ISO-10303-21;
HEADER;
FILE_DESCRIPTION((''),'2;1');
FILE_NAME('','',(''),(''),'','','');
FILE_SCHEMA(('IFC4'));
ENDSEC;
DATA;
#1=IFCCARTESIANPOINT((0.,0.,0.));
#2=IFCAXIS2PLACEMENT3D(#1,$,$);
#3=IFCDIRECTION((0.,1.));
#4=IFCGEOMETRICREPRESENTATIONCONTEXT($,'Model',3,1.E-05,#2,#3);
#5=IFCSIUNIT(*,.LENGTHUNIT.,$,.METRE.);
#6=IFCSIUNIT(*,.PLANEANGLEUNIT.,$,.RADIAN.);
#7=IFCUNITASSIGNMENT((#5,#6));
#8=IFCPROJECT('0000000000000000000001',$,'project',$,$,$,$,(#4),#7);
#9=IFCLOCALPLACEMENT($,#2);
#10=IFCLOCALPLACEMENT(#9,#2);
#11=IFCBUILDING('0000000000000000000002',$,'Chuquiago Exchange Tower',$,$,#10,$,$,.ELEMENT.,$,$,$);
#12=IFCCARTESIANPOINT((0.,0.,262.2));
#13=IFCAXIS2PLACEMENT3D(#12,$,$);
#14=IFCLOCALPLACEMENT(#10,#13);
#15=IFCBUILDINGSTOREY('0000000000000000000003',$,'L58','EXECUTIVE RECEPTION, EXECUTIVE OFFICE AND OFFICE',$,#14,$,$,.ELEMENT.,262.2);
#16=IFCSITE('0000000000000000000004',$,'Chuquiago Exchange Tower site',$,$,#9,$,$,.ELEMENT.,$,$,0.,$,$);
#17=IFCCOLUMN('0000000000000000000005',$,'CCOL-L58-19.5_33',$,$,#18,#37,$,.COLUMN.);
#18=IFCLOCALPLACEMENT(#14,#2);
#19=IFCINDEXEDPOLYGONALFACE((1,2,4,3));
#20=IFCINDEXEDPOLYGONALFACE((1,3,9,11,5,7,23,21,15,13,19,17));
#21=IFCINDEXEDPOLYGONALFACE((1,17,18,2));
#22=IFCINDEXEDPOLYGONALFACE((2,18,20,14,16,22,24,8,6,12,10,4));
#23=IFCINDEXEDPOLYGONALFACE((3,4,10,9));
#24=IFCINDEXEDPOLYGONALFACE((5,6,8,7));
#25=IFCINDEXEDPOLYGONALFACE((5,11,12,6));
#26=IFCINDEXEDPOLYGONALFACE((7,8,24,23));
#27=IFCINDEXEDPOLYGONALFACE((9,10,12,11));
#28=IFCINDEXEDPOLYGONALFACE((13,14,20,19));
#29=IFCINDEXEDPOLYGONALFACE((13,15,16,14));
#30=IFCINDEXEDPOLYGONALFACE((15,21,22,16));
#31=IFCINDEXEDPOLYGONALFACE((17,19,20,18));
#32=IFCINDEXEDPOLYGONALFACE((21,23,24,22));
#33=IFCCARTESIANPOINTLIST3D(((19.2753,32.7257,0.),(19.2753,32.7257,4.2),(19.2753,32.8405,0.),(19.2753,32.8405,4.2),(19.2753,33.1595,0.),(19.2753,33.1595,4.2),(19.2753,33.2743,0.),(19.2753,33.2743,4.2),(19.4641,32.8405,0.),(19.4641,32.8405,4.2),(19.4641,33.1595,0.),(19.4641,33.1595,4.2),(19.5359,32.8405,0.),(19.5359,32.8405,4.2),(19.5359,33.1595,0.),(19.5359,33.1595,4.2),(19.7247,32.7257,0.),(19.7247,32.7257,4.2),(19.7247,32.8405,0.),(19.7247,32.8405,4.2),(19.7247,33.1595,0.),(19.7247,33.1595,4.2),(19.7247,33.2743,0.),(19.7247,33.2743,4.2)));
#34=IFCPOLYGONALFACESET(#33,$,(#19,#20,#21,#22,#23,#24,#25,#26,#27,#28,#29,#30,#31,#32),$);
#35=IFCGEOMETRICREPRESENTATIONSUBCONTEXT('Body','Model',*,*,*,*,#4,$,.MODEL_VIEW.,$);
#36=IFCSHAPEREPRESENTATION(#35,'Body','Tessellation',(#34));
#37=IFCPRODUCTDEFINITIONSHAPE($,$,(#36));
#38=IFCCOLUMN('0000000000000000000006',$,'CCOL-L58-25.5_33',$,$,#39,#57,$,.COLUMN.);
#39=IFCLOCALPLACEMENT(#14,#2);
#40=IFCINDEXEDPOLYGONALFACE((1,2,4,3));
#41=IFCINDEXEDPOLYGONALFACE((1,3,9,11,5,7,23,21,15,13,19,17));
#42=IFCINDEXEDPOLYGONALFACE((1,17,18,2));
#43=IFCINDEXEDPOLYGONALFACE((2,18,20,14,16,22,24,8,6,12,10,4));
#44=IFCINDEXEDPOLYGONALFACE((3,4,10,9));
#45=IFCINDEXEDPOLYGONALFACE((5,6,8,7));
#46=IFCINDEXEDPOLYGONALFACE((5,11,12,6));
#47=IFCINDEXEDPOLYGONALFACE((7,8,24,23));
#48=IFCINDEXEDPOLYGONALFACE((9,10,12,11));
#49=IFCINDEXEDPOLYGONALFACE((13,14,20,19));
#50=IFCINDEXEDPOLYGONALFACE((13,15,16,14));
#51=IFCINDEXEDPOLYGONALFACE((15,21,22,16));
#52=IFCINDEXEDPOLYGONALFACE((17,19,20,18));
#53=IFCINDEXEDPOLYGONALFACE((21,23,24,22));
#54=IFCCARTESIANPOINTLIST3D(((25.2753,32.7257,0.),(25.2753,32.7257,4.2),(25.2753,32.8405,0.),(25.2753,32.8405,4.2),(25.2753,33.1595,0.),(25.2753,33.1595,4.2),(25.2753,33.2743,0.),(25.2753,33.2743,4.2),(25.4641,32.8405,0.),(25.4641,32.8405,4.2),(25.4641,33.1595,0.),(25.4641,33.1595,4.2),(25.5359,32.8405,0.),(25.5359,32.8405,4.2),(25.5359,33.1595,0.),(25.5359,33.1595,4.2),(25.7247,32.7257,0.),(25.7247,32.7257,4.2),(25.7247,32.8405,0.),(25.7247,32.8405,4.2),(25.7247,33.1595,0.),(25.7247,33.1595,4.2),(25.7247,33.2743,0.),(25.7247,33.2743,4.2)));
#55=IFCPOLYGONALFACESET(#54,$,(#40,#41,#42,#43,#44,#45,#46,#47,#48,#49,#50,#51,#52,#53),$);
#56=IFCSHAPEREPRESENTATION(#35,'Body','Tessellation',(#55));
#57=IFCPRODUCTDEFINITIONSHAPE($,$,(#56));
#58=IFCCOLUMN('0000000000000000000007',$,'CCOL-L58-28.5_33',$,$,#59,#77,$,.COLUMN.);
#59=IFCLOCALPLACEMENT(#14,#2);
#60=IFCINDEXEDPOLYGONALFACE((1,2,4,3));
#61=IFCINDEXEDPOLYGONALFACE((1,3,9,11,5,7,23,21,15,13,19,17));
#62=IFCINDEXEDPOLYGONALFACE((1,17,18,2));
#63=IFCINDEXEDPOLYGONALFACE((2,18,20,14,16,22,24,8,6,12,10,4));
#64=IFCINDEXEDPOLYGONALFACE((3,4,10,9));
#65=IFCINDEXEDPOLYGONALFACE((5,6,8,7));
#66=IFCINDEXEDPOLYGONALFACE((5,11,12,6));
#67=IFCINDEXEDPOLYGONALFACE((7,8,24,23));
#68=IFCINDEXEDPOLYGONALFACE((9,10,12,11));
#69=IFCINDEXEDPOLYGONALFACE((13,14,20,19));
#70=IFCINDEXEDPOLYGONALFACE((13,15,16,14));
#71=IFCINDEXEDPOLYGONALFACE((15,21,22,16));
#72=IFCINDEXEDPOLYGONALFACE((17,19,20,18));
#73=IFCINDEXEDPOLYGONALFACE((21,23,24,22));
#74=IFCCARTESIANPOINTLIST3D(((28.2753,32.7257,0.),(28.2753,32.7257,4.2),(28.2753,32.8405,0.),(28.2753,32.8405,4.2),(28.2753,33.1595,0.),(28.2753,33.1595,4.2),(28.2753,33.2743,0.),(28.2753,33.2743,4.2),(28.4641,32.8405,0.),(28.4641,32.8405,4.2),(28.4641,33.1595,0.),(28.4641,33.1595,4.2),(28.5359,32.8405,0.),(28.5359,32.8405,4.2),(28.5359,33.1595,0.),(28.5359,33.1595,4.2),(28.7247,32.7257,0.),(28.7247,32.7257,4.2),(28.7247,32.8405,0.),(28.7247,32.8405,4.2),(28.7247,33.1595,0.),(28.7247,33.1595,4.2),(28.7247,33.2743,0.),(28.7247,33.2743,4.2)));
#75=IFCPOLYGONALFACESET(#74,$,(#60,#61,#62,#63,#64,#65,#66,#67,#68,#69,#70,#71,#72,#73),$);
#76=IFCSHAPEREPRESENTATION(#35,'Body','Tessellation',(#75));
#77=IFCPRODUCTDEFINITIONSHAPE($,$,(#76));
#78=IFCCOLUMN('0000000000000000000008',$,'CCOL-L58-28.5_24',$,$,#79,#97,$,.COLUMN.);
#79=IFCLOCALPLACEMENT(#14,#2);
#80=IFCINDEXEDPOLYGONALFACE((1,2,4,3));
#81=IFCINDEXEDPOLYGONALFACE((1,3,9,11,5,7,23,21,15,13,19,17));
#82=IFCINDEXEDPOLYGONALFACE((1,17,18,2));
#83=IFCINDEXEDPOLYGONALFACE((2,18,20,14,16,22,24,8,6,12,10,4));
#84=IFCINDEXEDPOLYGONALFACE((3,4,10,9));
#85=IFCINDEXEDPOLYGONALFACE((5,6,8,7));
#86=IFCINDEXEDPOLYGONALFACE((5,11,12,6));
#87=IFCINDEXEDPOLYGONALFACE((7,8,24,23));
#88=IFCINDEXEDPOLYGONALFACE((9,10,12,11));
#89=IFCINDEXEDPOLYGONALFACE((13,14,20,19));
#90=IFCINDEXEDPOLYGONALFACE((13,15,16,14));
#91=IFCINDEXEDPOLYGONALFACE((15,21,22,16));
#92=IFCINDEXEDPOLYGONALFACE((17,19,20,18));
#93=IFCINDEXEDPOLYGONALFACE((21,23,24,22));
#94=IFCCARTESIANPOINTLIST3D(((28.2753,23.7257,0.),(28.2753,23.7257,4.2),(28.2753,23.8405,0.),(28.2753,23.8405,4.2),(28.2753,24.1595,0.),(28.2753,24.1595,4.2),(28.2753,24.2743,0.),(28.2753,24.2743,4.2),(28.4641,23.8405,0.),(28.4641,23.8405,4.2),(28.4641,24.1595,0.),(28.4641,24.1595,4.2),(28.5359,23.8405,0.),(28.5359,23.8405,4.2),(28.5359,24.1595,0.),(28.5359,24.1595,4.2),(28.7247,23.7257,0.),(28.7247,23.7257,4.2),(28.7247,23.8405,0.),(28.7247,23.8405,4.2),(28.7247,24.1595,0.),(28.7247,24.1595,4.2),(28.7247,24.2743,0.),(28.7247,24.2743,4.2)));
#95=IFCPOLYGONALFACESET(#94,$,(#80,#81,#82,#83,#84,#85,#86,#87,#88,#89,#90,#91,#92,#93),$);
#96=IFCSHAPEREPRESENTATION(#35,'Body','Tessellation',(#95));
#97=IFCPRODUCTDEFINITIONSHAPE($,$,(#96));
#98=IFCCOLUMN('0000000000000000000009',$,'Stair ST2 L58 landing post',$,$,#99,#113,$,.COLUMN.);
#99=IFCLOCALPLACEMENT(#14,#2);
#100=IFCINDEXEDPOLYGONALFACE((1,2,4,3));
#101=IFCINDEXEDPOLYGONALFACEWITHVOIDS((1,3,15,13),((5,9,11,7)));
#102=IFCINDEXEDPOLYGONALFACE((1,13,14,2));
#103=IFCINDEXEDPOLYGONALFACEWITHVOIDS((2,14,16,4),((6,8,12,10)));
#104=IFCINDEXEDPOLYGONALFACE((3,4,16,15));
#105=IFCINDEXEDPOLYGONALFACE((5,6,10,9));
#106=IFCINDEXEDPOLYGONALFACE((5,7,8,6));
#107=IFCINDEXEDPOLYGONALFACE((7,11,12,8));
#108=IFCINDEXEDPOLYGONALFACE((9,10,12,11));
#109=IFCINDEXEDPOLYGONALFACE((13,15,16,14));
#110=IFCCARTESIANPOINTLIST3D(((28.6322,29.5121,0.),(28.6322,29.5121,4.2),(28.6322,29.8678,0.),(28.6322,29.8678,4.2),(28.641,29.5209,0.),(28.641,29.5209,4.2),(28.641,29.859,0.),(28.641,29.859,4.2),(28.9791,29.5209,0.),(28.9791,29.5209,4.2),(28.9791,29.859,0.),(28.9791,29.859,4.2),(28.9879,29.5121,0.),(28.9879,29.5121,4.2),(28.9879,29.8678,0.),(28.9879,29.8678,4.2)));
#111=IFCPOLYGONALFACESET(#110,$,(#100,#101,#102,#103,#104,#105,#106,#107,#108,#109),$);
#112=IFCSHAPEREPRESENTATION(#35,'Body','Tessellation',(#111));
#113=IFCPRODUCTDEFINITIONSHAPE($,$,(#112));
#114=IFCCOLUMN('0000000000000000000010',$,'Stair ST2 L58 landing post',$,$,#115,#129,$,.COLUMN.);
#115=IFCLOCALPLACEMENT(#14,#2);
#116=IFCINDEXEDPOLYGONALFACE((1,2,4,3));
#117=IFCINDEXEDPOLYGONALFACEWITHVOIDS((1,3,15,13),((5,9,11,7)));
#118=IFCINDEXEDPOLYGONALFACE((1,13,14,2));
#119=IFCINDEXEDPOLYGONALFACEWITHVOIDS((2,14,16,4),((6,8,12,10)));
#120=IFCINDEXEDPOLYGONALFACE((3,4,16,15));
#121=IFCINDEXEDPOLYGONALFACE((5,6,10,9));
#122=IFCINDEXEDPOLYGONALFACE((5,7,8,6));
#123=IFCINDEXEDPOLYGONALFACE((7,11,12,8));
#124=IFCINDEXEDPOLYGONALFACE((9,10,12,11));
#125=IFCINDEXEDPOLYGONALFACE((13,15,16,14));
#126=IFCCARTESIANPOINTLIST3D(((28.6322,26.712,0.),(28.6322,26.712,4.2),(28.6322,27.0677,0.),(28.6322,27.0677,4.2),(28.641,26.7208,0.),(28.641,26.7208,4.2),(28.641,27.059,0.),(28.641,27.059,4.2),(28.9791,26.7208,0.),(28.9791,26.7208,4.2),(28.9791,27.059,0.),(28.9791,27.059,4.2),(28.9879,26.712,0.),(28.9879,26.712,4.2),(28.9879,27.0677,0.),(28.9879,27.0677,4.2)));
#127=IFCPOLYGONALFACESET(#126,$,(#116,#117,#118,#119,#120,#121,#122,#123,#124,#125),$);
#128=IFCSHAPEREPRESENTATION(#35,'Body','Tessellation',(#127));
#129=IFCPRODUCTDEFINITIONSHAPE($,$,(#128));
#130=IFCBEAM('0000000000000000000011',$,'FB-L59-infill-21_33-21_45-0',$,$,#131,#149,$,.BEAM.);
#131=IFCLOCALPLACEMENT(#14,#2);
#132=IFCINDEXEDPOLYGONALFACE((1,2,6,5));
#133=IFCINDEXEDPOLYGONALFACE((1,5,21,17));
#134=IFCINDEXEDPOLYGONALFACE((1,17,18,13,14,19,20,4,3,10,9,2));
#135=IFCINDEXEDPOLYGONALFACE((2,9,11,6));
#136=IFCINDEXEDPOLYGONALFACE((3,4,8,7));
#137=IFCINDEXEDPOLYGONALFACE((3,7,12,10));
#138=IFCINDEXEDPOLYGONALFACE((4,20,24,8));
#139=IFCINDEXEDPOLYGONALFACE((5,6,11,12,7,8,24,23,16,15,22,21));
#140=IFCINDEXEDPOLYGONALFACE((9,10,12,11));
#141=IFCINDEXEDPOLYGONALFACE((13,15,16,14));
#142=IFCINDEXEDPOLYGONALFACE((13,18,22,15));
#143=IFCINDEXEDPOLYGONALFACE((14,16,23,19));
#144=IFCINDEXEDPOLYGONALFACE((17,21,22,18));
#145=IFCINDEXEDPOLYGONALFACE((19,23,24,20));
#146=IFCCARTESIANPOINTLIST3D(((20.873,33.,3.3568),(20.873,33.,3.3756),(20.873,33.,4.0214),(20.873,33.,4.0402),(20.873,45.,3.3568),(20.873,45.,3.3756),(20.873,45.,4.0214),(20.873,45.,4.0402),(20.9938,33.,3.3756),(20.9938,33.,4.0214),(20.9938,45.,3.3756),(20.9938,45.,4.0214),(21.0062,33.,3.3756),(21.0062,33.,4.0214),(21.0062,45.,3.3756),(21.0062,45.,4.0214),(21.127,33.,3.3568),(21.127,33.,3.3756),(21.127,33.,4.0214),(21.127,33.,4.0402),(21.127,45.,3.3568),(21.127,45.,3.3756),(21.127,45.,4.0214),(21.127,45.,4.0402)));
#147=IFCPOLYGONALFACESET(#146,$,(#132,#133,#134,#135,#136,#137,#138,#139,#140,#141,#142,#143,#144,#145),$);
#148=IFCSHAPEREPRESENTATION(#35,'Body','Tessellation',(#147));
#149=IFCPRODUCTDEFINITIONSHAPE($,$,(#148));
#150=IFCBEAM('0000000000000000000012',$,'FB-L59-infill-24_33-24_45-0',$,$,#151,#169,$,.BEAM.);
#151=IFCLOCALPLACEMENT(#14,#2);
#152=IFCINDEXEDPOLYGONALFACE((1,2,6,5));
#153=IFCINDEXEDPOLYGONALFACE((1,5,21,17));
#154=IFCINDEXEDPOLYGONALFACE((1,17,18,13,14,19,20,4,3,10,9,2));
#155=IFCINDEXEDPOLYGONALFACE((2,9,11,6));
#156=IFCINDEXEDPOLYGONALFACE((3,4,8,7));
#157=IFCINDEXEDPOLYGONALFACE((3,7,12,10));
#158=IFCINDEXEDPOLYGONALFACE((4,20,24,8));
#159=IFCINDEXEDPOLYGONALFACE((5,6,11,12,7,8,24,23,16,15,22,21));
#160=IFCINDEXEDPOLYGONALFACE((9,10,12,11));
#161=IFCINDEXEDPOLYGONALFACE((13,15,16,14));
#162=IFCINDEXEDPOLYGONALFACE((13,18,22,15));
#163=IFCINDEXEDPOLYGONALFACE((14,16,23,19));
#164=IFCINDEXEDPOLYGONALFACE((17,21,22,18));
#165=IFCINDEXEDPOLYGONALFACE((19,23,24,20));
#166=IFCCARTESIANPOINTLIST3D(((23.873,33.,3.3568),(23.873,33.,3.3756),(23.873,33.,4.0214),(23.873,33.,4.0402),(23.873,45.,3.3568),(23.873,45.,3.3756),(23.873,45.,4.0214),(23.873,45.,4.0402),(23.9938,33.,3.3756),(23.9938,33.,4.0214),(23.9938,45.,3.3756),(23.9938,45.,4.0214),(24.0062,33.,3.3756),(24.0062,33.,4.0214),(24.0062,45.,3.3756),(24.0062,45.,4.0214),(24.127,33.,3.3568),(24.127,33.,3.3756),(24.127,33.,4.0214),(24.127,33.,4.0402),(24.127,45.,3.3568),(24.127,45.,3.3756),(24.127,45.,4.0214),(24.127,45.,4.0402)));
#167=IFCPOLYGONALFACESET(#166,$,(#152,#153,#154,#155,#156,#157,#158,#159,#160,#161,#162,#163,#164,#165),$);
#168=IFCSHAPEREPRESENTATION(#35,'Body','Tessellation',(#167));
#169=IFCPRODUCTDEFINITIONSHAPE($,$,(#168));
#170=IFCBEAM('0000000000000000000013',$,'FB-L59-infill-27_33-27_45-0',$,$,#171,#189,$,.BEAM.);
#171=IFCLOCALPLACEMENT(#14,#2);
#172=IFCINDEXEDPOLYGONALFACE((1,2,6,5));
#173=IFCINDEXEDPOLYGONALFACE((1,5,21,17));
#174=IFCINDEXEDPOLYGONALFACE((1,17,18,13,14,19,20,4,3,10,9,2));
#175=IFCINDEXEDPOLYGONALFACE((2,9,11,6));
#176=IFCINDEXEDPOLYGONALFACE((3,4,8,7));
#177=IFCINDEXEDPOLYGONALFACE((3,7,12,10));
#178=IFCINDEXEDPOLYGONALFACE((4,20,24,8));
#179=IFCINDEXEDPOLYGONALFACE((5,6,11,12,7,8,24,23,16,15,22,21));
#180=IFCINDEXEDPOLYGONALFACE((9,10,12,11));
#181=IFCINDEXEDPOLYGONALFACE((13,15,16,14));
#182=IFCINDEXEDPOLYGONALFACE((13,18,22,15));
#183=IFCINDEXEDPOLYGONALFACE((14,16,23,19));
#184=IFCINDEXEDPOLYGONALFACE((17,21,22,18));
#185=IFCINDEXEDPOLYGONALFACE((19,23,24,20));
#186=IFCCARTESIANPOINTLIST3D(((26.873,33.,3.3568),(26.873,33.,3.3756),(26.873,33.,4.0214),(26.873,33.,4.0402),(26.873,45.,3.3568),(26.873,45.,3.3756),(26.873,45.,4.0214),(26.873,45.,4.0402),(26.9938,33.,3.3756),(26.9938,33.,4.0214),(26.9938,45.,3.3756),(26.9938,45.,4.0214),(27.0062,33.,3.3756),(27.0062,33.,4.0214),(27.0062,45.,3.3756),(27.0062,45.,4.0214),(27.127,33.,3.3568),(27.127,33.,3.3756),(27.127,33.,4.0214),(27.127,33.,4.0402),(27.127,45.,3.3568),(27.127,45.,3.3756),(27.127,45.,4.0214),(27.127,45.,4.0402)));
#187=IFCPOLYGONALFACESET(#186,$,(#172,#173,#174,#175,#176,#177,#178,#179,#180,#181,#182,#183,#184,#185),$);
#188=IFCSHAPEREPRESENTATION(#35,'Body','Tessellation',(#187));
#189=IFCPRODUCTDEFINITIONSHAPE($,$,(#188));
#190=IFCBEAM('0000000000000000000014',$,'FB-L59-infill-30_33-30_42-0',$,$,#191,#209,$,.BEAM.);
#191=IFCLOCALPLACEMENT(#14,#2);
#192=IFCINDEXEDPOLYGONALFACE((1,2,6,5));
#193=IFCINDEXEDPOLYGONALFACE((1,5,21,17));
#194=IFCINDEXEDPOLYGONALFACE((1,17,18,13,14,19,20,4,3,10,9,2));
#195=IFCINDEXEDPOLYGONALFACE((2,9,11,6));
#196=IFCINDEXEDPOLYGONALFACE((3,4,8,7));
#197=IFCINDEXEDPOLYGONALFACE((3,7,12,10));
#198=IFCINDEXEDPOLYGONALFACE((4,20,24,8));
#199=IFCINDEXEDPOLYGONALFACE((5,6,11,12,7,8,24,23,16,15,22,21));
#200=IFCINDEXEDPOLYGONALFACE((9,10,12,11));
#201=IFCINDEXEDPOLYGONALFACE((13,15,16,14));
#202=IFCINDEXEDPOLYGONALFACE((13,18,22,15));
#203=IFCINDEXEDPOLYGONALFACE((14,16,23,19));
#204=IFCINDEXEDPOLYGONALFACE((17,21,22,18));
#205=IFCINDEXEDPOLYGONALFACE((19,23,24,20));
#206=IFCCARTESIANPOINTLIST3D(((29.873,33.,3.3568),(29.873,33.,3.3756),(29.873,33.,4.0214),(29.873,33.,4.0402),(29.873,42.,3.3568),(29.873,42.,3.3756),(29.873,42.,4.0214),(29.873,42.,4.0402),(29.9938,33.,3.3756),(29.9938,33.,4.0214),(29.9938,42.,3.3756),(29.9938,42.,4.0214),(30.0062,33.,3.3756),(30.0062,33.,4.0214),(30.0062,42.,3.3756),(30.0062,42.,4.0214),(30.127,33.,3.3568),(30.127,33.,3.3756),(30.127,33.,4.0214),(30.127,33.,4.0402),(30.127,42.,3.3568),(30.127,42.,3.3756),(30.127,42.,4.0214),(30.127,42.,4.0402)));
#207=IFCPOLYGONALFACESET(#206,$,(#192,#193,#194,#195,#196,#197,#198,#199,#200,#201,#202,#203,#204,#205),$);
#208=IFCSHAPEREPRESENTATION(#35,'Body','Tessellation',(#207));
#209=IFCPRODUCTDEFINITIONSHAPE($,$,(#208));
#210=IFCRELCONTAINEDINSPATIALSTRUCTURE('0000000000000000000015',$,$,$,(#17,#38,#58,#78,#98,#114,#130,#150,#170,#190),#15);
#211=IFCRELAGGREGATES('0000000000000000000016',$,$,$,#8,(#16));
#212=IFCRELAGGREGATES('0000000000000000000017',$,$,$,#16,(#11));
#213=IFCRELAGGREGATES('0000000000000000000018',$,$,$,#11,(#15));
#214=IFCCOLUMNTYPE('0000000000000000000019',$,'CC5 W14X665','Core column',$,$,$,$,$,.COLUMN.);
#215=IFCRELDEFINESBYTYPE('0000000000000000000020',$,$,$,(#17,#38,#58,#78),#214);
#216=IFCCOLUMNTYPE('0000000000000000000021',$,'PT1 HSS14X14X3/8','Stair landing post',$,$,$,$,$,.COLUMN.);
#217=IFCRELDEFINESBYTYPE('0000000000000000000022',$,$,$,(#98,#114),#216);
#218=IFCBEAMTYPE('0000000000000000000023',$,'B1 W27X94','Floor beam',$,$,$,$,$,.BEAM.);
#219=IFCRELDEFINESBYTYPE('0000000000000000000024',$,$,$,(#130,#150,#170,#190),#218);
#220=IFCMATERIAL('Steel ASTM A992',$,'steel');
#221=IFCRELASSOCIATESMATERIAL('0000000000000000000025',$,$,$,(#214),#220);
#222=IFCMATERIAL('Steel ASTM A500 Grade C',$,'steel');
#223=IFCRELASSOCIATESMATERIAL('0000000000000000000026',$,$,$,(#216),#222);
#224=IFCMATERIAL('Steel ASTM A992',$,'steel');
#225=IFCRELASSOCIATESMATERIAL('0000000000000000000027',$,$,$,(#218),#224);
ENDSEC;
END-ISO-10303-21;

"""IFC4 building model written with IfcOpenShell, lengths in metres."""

from ifc_helpers import new_model, si_unit, direction, frame, origin, origin_2d, place, context, subcontext, project, spatial, hollow_rectangle, i_section, extrude, material, material_profile, profile_set, type_object, element, save


model = new_model("IFC4")

# Units and contexts
model_context = context("Model", 3, precision=1e-05, world=origin(), true_north=direction((0.0, 1.0)))
body_context = subcontext(model_context, "Body", "Model", "MODEL_VIEW")
ifc_project = project(units=[si_unit("LENGTHUNIT", "METRE"), si_unit("PLANEANGLEUNIT", "RADIAN")], contexts=[model_context])

# Site, building, storey
site_placement = place(None, origin())
site = spatial("IfcSite", under=ifc_project, at=site_placement, Name="Chuquiago Exchange Tower site", CompositionType="ELEMENT", RefElevation=0.0)
building_placement = place(site_placement, origin())
building = spatial("IfcBuilding", under=site, at=building_placement, Name="Chuquiago Exchange Tower", CompositionType="ELEMENT")
storey_placement = place(building_placement, frame((0.0, 0.0, 262.2)))
storey = spatial("IfcBuildingStorey", under=building, at=storey_placement, Name="L58", Description="EXECUTIVE RECEPTION, EXECUTIVE OFFICE AND OFFICE", CompositionType="ELEMENT", Elevation=262.2)

# Columns
ifc_material_1 = material(Name="Steel ASTM A992", Category="steel")
ifc_material_profile_1 = material_profile(ifc_material_1, i_section(OverallWidth=0.4495, OverallDepth=0.5486, WebThickness=0.0718, FlangeThickness=0.1147, at=origin_2d()), Name="W14X665")
ifc_profile_set_1 = profile_set([ifc_material_profile_1], Name="Steel ASTM A992")
column_type_1 = type_object("IfcColumnType", Name="CC5 W14X665", Description="Core column", PredefinedType="COLUMN", material=ifc_profile_set_1)
for number, where, z_axis, x_axis, name in (
    (1, (19.5, 33.0, 0.0), (0.0, 0.0, 1.0), (1.0, 0.0, 0.0), "CCOL-L58-19.5_33"),
    (2, (25.5, 33.0, 0.0), (0.0, 0.0, 1.0), (1.0, 0.0, 0.0), "CCOL-L58-25.5_33"),
    (3, (28.5, 33.0, 0.0), (0.0, 0.0, 1.0), (1.0, 0.0, 0.0), "CCOL-L58-28.5_33"),
    (4, (28.5, 24.0, 0.0), (0.0, 0.0, 1.0), (1.0, 0.0, 0.0), "CCOL-L58-28.5_24"),
):
    element("IfcColumn", number, at=place(storey_placement, frame(where, z_axis=z_axis, x_axis=x_axis)), inside=storey, type_object=column_type_1, Name=name, PredefinedType="COLUMN", context=body_context, shape_type="SweptSolid", body=[
        extrude(i_section(OverallWidth=0.4495, OverallDepth=0.5486, WebThickness=0.0718, FlangeThickness=0.1147, at=origin_2d()), origin(), (0.0, 0.0, 1.0), 4.2),
    ])
ifc_material_2 = material(Name="Steel ASTM A500 Grade C", Category="steel")
ifc_material_profile_2 = material_profile(ifc_material_2, hollow_rectangle(XDim=0.3557, YDim=0.3557, WallThickness=0.0088, at=origin_2d()), Name="HSS14X14X3/8")
ifc_profile_set_2 = profile_set([ifc_material_profile_2], Name="Steel ASTM A500 Grade C")
column_type_2 = type_object("IfcColumnType", Name="PT1 HSS14X14X3/8", Description="Stair landing post", PredefinedType="COLUMN", material=ifc_profile_set_2)
for number, where, z_axis, x_axis, name in (
    (5, (28.8101, 29.6899, 0.0), (0.0, 0.0, 1.0), (1.0, 0.0, 0.0), "Stair ST2 L58 landing post"),
    (6, (28.8101, 26.8899, 0.0), (0.0, 0.0, 1.0), (1.0, 0.0, 0.0), "Stair ST2 L58 landing post"),
):
    element("IfcColumn", number, at=place(storey_placement, frame(where, z_axis=z_axis, x_axis=x_axis)), inside=storey, type_object=column_type_2, Name=name, PredefinedType="COLUMN", context=body_context, shape_type="SweptSolid", body=[
        extrude(hollow_rectangle(XDim=0.3557, YDim=0.3557, WallThickness=0.0088, at=origin_2d()), origin(), (0.0, 0.0, 1.0), 4.2),
    ])

# Beams
ifc_material_3 = material(Name="Steel ASTM A992", Category="steel")
ifc_material_profile_3 = material_profile(ifc_material_3, i_section(OverallWidth=0.2539, OverallDepth=0.6833, WebThickness=0.0125, FlangeThickness=0.0188, at=origin_2d()), Name="W27X94")
ifc_profile_set_3 = profile_set([ifc_material_profile_3], Name="Steel ASTM A992")
beam_type_1 = type_object("IfcBeamType", Name="B1 W27X94", Description="Floor beam", PredefinedType="BEAM", material=ifc_profile_set_3)
for number, where, z_axis, x_axis, name in (
    (7, (21.0, 33.0, 3.6985), (0.0, 1.0, 0.0), (-1.0, 0.0, 0.0), "FB-L59-infill-21_33-21_45-0"),
    (8, (24.0, 33.0, 3.6985), (0.0, 1.0, 0.0), (-1.0, 0.0, 0.0), "FB-L59-infill-24_33-24_45-0"),
    (9, (27.0, 33.0, 3.6985), (0.0, 1.0, 0.0), (-1.0, 0.0, 0.0), "FB-L59-infill-27_33-27_45-0"),
):
    element("IfcBeam", number, at=place(storey_placement, frame(where, z_axis=z_axis, x_axis=x_axis)), inside=storey, type_object=beam_type_1, Name=name, PredefinedType="BEAM", context=body_context, shape_type="SweptSolid", body=[
        extrude(i_section(OverallWidth=0.2539, OverallDepth=0.6833, WebThickness=0.0125, FlangeThickness=0.0188, at=origin_2d()), origin(), (0.0, 0.0, 1.0), 12.0),
    ])
beam_1_placement = place(storey_placement, frame((30.0, 33.0, 3.6985), z_axis=(0.0, 1.0, 0.0), x_axis=(-1.0, 0.0, 0.0)))
element("IfcBeam", 10, at=beam_1_placement, inside=storey, type_object=beam_type_1, Name="FB-L59-infill-30_33-30_42-0", PredefinedType="BEAM", context=body_context, shape_type="SweptSolid", body=[
    extrude(i_section(OverallWidth=0.2539, OverallDepth=0.6833, WebThickness=0.0125, FlangeThickness=0.0188, at=origin_2d()), origin(), (0.0, 0.0, 1.0), 9.0),
])

save(model, "model.ifc")
